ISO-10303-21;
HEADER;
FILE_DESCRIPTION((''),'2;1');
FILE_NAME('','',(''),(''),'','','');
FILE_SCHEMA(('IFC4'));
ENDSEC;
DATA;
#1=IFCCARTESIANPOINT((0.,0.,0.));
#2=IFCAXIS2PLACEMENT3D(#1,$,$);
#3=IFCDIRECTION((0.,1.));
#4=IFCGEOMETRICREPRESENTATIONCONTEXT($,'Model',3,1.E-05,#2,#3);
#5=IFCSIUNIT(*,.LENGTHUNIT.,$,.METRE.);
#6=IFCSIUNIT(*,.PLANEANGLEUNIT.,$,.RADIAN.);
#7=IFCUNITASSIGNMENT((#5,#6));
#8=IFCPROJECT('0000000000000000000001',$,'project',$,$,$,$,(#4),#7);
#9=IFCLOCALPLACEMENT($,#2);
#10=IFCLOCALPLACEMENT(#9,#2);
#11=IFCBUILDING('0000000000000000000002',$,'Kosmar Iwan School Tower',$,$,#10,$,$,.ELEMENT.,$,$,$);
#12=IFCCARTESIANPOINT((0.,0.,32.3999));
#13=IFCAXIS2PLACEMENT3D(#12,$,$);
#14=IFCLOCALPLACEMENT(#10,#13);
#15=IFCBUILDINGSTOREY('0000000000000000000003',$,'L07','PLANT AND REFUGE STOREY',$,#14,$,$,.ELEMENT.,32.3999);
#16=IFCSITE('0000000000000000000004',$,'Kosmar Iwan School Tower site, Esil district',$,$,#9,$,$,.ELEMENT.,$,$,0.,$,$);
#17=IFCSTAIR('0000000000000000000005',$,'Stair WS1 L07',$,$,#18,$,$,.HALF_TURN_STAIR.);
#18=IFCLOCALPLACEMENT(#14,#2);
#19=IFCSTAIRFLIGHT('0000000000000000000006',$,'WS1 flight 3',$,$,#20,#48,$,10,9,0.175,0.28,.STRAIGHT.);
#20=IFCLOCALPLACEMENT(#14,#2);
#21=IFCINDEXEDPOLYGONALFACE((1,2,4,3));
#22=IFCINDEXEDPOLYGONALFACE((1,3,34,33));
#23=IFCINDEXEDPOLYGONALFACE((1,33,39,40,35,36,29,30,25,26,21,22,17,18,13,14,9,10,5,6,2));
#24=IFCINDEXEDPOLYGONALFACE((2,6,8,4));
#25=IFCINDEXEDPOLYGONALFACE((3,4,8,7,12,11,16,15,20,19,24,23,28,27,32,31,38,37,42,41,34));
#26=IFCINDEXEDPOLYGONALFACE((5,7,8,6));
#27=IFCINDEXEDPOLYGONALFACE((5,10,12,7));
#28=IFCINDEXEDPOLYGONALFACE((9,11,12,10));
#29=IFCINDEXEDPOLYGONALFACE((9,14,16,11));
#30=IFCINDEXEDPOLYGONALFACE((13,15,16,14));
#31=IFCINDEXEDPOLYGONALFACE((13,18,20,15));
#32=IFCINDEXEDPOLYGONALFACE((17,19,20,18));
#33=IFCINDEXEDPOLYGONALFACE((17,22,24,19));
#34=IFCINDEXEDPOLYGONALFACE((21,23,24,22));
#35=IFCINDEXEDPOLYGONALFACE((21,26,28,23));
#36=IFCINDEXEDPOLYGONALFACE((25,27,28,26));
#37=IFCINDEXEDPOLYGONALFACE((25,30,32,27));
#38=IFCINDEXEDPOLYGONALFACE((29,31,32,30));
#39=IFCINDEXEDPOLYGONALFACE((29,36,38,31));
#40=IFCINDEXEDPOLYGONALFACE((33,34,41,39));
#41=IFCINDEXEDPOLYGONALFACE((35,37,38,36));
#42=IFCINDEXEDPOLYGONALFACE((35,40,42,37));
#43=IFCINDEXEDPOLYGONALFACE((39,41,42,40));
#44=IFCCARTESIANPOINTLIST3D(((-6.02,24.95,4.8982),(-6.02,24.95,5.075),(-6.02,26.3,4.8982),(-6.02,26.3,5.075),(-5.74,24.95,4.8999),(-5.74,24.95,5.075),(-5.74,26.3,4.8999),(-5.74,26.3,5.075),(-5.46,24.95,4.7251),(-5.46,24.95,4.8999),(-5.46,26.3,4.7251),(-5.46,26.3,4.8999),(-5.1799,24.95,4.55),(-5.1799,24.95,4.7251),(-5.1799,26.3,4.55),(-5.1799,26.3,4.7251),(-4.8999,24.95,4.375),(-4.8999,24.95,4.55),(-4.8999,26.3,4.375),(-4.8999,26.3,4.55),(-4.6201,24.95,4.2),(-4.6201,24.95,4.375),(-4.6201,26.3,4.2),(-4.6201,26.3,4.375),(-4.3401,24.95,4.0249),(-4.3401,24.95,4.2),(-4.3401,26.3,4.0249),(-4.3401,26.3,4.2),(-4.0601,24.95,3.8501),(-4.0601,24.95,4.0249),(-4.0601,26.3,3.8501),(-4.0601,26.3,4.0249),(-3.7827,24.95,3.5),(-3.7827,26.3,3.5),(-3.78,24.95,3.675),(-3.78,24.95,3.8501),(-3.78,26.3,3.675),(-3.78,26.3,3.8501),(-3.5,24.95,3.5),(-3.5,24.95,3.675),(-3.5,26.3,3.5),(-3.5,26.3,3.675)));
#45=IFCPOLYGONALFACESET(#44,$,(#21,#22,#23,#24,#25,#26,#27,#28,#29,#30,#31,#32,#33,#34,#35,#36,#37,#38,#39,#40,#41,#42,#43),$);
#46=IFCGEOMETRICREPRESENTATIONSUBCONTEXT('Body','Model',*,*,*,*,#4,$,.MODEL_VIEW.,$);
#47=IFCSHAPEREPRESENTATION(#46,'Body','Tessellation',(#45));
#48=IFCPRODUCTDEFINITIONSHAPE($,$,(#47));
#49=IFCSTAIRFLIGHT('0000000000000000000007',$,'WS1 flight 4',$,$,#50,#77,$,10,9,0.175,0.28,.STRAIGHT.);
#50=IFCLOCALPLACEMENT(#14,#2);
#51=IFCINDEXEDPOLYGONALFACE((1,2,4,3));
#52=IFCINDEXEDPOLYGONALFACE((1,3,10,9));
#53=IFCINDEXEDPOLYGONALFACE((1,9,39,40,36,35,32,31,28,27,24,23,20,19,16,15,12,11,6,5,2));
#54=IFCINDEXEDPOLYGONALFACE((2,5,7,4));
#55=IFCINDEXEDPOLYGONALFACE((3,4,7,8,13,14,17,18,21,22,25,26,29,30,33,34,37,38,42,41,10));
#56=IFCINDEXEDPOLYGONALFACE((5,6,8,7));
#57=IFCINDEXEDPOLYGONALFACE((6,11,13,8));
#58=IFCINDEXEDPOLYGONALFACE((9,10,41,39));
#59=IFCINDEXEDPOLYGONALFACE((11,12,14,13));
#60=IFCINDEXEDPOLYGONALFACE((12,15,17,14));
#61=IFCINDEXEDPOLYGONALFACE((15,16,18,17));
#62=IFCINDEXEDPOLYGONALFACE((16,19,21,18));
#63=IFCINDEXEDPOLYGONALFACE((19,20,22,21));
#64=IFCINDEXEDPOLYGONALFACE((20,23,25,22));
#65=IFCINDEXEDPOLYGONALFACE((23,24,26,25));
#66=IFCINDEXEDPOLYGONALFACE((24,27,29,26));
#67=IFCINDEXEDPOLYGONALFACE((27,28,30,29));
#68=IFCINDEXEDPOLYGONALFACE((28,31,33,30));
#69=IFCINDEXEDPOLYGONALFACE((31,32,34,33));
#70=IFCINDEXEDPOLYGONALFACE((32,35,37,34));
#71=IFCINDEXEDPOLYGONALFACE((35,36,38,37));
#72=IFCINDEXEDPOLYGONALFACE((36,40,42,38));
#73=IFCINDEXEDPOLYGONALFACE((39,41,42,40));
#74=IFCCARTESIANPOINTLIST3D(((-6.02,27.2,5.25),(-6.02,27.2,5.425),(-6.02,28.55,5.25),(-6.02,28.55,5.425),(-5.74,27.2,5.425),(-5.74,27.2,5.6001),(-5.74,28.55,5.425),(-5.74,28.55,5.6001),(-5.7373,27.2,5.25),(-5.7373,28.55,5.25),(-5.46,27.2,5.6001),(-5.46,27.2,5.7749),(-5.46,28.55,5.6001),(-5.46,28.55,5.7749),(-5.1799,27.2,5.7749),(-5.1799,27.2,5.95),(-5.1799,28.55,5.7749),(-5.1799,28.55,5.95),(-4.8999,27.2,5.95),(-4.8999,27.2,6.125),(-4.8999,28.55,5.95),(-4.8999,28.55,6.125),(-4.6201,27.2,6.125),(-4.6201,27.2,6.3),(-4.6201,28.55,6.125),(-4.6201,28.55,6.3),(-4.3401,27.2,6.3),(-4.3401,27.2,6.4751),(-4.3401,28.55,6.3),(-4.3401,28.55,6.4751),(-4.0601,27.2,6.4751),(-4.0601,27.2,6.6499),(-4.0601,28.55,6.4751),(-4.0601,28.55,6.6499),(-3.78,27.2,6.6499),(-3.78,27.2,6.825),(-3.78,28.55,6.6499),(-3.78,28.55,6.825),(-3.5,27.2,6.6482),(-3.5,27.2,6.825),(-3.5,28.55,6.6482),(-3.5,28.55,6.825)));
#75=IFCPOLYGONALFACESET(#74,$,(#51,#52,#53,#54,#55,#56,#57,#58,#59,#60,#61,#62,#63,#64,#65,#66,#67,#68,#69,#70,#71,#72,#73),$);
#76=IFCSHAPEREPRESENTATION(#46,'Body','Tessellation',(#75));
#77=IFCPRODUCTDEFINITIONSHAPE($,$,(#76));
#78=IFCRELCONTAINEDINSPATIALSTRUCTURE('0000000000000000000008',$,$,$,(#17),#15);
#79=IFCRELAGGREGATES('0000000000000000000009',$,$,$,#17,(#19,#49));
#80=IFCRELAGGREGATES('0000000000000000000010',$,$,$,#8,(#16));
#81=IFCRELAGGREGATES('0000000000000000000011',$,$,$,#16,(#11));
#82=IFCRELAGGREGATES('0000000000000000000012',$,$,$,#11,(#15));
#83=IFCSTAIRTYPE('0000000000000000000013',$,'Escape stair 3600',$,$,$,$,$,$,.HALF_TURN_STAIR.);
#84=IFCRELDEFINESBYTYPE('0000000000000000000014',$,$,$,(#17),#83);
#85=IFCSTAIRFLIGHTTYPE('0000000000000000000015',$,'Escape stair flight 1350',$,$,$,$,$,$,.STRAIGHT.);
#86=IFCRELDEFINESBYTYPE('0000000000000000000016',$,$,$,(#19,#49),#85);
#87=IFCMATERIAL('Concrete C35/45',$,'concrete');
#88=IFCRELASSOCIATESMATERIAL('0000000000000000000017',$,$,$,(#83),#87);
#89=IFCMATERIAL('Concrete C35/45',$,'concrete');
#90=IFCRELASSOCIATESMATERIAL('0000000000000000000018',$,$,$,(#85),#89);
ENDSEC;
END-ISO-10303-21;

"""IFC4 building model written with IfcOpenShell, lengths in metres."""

from ifc_helpers import new_model, si_unit, direction, frame, origin, place, context, subcontext, project, spatial, polyline, outline, extrude, material, type_object, element, aggregate, save


model = new_model("IFC4")

# Units and contexts
model_context = context("Model", 3, precision=1e-05, world=origin(), true_north=direction((0.0, 1.0)))
body_context = subcontext(model_context, "Body", "Model", "MODEL_VIEW")
ifc_project = project(units=[si_unit("LENGTHUNIT", "METRE"), si_unit("PLANEANGLEUNIT", "RADIAN")], contexts=[model_context])

# Site, building, storey
site_placement = place(None, origin())
site = spatial("IfcSite", under=ifc_project, at=site_placement, Name="Kosmar Iwan School Tower site, Esil district", CompositionType="ELEMENT", RefElevation=0.0)
building_placement = place(site_placement, origin())
building = spatial("IfcBuilding", under=site, at=building_placement, Name="Kosmar Iwan School Tower", CompositionType="ELEMENT")
storey_placement = place(building_placement, frame((0.0, 0.0, 32.3999)))
storey = spatial("IfcBuildingStorey", under=building, at=storey_placement, Name="L07", Description="PLANT AND REFUGE STOREY", CompositionType="ELEMENT", Elevation=32.3999)

# Stair, stair flights
ifc_material_1 = material(Name="Concrete C35/45", Category="concrete")
stair_type = type_object("IfcStairType", Name="Escape stair 3600", PredefinedType="HALF_TURN_STAIR", material=ifc_material_1)
stair_placement = place(storey_placement, origin())
stair = element("IfcStair", 1, at=stair_placement, inside=storey, type_object=stair_type, Name="Stair WS1 L07", PredefinedType="HALF_TURN_STAIR")
ifc_material_2 = material(Name="Concrete C35/45", Category="concrete")
stair_flight_type = type_object("IfcStairFlightType", Name="Escape stair flight 1350", PredefinedType="STRAIGHT", material=ifc_material_2)
stair_flight_1_placement = place(storey_placement, frame((-3.5, 25.625, 3.5), z_axis=(0.0, 0.0, 1.0), x_axis=(-1.0, 0.0, 0.0)))
stair_flight_1 = element("IfcStairFlight", 2, at=stair_flight_1_placement, type_object=stair_flight_type, Name="WS1 flight 3", NumberOfRisers=10, NumberOfTreads=9, PredefinedType="STRAIGHT", RiserHeight=0.175, TreadLength=0.28, context=body_context, shape_type="SweptSolid", body=[
    extrude(outline(polyline([(0.0, 0.0), (0.0, 0.175), (0.28, 0.175), (0.28, 0.3501), (0.5601, 0.3501), (0.5601, 0.5249), (0.8401, 0.5249), (0.8401, 0.7), (1.1201, 0.7), (1.1201, 0.875), (1.3999, 0.875), (1.3999, 1.05), (1.6799, 1.05), (1.6799, 1.2251), (1.96, 1.2251), (1.96, 1.3999), (2.24, 1.3999), (2.24, 1.575), (2.52, 1.575), (2.52, 1.75), (2.52, 1.3982), (0.2827, 0.0), (0.0, 0.0)])), frame((0.0, 0.675, 0.0), z_axis=(0.0, -1.0, 0.0), x_axis=(1.0, 0.0, 0.0)), (0.0, 0.0, 1.0), 1.3501),
])
stair_flight_2_placement = place(storey_placement, frame((-6.02, 27.875, 5.25), z_axis=(0.0, 0.0, 1.0), x_axis=(1.0, 0.0, 0.0)))
stair_flight_2 = element("IfcStairFlight", 3, at=stair_flight_2_placement, type_object=stair_flight_type, Name="WS1 flight 4", NumberOfRisers=10, NumberOfTreads=9, PredefinedType="STRAIGHT", RiserHeight=0.175, TreadLength=0.28, context=body_context, shape_type="SweptSolid", body=[
    extrude(outline(polyline([(0.0, 0.0), (0.0, 0.175), (0.28, 0.175), (0.28, 0.3501), (0.5601, 0.3501), (0.5601, 0.5249), (0.8401, 0.5249), (0.8401, 0.7), (1.1201, 0.7), (1.1201, 0.875), (1.3999, 0.875), (1.3999, 1.05), (1.6799, 1.05), (1.6799, 1.2251), (1.96, 1.2251), (1.96, 1.3999), (2.24, 1.3999), (2.24, 1.575), (2.52, 1.575), (2.52, 1.75), (2.52, 1.3982), (0.2827, 0.0), (0.0, 0.0)])), frame((0.0, 0.675, 0.0), z_axis=(0.0, -1.0, 0.0), x_axis=(1.0, 0.0, 0.0)), (0.0, 0.0, 1.0), 1.3501),
])
aggregate(stair, [stair_flight_1, stair_flight_2])

save(model, "model.ifc")
